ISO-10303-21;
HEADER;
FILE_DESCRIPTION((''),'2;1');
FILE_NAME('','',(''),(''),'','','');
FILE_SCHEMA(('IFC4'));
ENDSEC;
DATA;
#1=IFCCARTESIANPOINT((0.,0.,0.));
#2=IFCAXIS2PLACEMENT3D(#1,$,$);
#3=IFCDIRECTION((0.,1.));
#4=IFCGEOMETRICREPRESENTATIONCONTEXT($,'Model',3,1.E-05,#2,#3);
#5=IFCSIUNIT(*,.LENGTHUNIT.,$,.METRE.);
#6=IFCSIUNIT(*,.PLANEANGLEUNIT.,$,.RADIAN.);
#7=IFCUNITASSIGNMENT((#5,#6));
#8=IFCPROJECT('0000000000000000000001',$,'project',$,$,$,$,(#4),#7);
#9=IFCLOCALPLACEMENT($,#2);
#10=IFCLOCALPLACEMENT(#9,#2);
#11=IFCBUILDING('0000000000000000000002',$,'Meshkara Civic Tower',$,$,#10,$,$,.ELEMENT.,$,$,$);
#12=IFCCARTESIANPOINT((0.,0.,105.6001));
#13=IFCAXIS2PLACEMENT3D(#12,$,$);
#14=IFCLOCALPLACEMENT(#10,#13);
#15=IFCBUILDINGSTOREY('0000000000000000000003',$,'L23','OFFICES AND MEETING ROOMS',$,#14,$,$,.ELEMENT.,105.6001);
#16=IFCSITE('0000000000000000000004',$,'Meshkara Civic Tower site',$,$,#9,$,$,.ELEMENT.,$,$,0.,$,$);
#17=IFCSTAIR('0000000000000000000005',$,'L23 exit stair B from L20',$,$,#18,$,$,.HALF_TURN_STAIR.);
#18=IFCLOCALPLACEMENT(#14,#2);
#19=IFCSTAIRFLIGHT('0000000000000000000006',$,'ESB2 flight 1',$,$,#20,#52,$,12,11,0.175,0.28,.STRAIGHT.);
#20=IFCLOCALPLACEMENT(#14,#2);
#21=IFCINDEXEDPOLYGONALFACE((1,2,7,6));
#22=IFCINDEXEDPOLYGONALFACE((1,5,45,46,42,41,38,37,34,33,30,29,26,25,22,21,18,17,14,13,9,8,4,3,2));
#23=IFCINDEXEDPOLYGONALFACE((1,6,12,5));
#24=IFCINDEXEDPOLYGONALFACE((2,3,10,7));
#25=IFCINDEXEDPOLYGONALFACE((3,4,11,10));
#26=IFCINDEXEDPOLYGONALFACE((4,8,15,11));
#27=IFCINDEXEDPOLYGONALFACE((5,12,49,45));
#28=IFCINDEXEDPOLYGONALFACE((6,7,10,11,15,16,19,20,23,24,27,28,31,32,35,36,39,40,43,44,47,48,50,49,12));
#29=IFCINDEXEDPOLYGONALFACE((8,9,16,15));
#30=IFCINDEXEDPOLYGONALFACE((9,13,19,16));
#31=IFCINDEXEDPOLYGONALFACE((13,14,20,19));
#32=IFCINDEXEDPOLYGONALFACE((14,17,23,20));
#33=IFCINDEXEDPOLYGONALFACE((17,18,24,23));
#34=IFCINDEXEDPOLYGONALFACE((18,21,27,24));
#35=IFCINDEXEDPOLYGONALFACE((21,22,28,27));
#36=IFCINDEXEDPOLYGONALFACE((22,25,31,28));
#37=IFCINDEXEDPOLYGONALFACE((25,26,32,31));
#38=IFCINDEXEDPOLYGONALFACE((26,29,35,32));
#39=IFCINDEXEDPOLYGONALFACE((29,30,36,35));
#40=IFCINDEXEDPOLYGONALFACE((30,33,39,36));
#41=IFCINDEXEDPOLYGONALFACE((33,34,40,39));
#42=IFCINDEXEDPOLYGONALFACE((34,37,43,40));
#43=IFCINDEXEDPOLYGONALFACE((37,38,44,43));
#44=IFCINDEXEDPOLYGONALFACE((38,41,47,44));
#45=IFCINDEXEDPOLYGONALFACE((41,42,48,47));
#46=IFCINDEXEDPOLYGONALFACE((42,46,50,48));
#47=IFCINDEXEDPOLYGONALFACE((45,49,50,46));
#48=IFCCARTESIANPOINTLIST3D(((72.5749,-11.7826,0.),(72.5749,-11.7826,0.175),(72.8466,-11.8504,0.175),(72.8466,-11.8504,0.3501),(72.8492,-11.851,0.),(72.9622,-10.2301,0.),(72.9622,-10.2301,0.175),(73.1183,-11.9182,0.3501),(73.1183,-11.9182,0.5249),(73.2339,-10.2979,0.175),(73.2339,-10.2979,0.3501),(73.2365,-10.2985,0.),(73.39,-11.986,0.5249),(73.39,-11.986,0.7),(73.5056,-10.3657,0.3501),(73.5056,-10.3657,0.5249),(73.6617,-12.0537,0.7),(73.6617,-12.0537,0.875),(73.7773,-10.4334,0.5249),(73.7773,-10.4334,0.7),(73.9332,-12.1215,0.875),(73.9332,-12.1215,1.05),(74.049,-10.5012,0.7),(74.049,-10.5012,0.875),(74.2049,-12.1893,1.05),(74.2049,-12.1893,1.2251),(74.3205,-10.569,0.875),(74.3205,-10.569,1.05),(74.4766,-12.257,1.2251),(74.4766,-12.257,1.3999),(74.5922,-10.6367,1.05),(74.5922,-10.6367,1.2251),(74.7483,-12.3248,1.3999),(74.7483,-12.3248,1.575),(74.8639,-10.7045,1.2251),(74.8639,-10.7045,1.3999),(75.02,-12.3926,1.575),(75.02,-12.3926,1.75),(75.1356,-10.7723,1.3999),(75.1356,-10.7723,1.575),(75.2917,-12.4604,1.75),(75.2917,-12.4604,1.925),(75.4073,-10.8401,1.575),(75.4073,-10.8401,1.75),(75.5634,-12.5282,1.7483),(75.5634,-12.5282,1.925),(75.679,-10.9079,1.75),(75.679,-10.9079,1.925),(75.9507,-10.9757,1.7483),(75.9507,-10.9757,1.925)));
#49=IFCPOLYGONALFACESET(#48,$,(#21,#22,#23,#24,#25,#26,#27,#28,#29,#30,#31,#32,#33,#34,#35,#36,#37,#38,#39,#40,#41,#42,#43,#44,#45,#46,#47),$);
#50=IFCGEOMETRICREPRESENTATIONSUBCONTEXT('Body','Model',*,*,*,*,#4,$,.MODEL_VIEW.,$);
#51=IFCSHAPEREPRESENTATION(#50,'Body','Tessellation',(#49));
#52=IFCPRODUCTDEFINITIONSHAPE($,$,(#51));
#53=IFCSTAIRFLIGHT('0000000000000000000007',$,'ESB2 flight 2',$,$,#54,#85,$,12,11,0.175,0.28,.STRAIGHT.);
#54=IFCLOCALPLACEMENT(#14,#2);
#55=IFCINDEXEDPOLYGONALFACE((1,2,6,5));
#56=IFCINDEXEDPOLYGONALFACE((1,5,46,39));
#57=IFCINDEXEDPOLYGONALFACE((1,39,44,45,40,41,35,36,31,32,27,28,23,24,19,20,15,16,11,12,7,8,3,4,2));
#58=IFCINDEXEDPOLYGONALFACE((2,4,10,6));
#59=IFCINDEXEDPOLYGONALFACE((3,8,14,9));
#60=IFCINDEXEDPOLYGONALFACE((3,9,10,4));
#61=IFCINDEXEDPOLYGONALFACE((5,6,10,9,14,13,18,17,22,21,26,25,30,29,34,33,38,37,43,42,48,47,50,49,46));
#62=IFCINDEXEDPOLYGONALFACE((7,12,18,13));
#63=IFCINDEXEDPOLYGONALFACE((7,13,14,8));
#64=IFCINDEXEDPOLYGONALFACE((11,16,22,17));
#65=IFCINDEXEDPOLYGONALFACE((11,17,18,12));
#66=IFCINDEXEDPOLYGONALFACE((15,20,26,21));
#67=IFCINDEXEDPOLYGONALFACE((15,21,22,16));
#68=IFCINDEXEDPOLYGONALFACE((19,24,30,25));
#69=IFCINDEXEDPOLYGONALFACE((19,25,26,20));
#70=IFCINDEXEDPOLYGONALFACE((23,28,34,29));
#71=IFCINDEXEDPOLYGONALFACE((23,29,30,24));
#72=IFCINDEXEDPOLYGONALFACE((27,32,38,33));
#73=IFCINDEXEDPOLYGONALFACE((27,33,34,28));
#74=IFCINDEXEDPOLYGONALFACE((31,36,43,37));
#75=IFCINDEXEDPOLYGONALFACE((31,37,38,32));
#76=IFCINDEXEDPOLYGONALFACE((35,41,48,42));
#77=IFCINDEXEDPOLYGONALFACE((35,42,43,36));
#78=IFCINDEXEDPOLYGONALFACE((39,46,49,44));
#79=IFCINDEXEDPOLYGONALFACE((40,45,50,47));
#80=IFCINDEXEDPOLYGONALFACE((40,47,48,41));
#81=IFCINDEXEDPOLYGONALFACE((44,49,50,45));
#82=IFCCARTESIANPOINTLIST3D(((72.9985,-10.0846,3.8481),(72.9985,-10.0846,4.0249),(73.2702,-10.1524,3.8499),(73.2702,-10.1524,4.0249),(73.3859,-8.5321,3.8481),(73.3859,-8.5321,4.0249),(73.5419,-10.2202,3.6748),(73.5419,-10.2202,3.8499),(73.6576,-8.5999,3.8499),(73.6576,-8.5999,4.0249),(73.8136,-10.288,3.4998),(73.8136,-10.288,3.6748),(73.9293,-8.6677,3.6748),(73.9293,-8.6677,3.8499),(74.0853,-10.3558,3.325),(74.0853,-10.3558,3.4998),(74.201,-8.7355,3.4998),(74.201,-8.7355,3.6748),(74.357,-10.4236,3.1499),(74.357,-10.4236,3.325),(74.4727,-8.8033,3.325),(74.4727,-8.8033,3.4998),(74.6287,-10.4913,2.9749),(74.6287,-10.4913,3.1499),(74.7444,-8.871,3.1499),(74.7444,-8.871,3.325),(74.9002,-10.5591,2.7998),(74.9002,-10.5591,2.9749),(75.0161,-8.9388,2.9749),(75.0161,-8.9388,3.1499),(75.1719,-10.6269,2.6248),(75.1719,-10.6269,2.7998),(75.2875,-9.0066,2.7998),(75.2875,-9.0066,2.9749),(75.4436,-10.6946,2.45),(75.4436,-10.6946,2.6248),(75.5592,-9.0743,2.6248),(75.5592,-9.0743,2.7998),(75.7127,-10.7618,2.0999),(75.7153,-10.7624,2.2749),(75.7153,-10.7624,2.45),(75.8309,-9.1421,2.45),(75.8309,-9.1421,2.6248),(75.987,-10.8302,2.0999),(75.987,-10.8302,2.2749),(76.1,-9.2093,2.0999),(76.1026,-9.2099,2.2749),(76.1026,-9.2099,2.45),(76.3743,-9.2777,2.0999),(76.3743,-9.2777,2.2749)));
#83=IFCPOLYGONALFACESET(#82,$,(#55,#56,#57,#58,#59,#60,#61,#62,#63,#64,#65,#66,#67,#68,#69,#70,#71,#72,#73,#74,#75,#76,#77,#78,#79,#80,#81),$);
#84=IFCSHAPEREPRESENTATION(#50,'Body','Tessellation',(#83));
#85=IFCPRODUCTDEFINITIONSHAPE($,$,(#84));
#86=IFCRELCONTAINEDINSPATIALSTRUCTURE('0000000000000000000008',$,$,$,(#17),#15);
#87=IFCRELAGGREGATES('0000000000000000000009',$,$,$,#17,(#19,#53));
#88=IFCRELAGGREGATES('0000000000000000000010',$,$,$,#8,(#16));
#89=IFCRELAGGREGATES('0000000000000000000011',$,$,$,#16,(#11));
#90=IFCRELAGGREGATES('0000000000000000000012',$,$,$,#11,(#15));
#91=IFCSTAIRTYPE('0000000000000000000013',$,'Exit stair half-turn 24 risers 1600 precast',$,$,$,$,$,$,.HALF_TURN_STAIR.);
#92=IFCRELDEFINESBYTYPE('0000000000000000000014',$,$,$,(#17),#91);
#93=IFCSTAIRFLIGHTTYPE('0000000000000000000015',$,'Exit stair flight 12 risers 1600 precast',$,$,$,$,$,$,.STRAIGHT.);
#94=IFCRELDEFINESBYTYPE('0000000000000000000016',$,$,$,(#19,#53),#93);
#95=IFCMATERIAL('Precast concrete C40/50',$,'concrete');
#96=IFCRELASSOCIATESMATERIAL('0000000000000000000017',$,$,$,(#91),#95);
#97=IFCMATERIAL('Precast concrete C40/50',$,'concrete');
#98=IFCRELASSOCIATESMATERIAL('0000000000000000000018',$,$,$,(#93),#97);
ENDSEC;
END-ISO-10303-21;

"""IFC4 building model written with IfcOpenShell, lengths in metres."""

from ifc_helpers import new_model, si_unit, direction, frame, origin, place, context, subcontext, project, spatial, polyline, outline, extrude, material, type_object, element, aggregate, save


model = new_model("IFC4")

# Units and contexts
model_context = context("Model", 3, precision=1e-05, world=origin(), true_north=direction((0.0, 1.0)))
body_context = subcontext(model_context, "Body", "Model", "MODEL_VIEW")
ifc_project = project(units=[si_unit("LENGTHUNIT", "METRE"), si_unit("PLANEANGLEUNIT", "RADIAN")], contexts=[model_context])

# Site, building, storey
site_placement = place(None, origin())
site = spatial("IfcSite", under=ifc_project, at=site_placement, Name="Meshkara Civic Tower site", CompositionType="ELEMENT", RefElevation=0.0)
building_placement = place(site_placement, origin())
building = spatial("IfcBuilding", under=site, at=building_placement, Name="Meshkara Civic Tower", CompositionType="ELEMENT")
storey_placement = place(building_placement, frame((0.0, 0.0, 105.6001)))
storey = spatial("IfcBuildingStorey", under=building, at=storey_placement, Name="L23", Description="OFFICES AND MEETING ROOMS", CompositionType="ELEMENT", Elevation=105.6001)

# Stair, stair flights
ifc_material_1 = material(Name="Precast concrete C40/50", Category="concrete")
stair_type = type_object("IfcStairType", Name="Exit stair half-turn 24 risers 1600 precast", PredefinedType="HALF_TURN_STAIR", material=ifc_material_1)
stair_placement = place(storey_placement, origin())
stair = element("IfcStair", 1, at=stair_placement, inside=storey, type_object=stair_type, Name="L23 exit stair B from L20", PredefinedType="HALF_TURN_STAIR")
ifc_material_2 = material(Name="Precast concrete C40/50", Category="concrete")
stair_flight_type = type_object("IfcStairFlightType", Name="Exit stair flight 12 risers 1600 precast", PredefinedType="STRAIGHT", material=ifc_material_2)
stair_flight_1_placement = place(storey_placement, frame((72.7686, -11.0063, 0.0), z_axis=(0.0, 0.0, 1.0), x_axis=(0.97026, -0.242065, 0.0)))
stair_flight_1 = element("IfcStairFlight", 2, at=stair_flight_1_placement, type_object=stair_flight_type, Name="ESB2 flight 1", NumberOfRisers=12, NumberOfTreads=11, PredefinedType="STRAIGHT", RiserHeight=0.175, TreadLength=0.28, context=body_context, shape_type="SweptSolid", body=[
    extrude(outline(polyline([(0.0, 0.0), (0.0, 0.175), (0.28, 0.175), (0.28, 0.3501), (0.5601, 0.3501), (0.5601, 0.5249), (0.8401, 0.5249), (0.8401, 0.7), (1.1201, 0.7), (1.1201, 0.875), (1.3999, 0.875), (1.3999, 1.05), (1.6799, 1.05), (1.6799, 1.2251), (1.96, 1.2251), (1.96, 1.3999), (2.24, 1.3999), (2.24, 1.575), (2.52, 1.575), (2.52, 1.75), (2.8, 1.75), (2.8, 1.925), (3.0801, 1.925), (3.0801, 2.1001), (3.0801, 1.7483), (0.2827, 0.0), (0.0, 0.0)])), frame((0.0, 0.8, 0.0), z_axis=(0.0, -1.0, 0.0), x_axis=(1.0, 0.0, 0.0)), (0.0, 0.0, 1.0), 1.6001),
])
stair_flight_2_placement = place(storey_placement, frame((76.1807, -10.054, 2.0999), z_axis=(0.0, 0.0, 1.0), x_axis=(-0.97026, 0.242065, 0.0)))
stair_flight_2 = element("IfcStairFlight", 3, at=stair_flight_2_placement, type_object=stair_flight_type, Name="ESB2 flight 2", NumberOfRisers=12, NumberOfTreads=11, PredefinedType="STRAIGHT", RiserHeight=0.175, TreadLength=0.28, context=body_context, shape_type="SweptSolid", body=[
    extrude(outline(polyline([(0.0, 0.0), (0.0, 0.175), (0.28, 0.175), (0.28, 0.3501), (0.5601, 0.3501), (0.5601, 0.5249), (0.8401, 0.5249), (0.8401, 0.7), (1.1201, 0.7), (1.1201, 0.875), (1.3999, 0.875), (1.3999, 1.05), (1.6799, 1.05), (1.6799, 1.2251), (1.96, 1.2251), (1.96, 1.3999), (2.24, 1.3999), (2.24, 1.575), (2.52, 1.575), (2.52, 1.75), (2.8, 1.75), (2.8, 1.925), (3.0801, 1.925), (3.0801, 2.1001), (3.0801, 1.7483), (0.2827, 0.0), (0.0, 0.0)])), frame((0.0, 0.8, 0.0), z_axis=(0.0, -1.0, 0.0), x_axis=(1.0, 0.0, 0.0)), (0.0, 0.0, 1.0), 1.6001),
])
aggregate(stair, [stair_flight_1, stair_flight_2])

save(model, "model.ifc")
